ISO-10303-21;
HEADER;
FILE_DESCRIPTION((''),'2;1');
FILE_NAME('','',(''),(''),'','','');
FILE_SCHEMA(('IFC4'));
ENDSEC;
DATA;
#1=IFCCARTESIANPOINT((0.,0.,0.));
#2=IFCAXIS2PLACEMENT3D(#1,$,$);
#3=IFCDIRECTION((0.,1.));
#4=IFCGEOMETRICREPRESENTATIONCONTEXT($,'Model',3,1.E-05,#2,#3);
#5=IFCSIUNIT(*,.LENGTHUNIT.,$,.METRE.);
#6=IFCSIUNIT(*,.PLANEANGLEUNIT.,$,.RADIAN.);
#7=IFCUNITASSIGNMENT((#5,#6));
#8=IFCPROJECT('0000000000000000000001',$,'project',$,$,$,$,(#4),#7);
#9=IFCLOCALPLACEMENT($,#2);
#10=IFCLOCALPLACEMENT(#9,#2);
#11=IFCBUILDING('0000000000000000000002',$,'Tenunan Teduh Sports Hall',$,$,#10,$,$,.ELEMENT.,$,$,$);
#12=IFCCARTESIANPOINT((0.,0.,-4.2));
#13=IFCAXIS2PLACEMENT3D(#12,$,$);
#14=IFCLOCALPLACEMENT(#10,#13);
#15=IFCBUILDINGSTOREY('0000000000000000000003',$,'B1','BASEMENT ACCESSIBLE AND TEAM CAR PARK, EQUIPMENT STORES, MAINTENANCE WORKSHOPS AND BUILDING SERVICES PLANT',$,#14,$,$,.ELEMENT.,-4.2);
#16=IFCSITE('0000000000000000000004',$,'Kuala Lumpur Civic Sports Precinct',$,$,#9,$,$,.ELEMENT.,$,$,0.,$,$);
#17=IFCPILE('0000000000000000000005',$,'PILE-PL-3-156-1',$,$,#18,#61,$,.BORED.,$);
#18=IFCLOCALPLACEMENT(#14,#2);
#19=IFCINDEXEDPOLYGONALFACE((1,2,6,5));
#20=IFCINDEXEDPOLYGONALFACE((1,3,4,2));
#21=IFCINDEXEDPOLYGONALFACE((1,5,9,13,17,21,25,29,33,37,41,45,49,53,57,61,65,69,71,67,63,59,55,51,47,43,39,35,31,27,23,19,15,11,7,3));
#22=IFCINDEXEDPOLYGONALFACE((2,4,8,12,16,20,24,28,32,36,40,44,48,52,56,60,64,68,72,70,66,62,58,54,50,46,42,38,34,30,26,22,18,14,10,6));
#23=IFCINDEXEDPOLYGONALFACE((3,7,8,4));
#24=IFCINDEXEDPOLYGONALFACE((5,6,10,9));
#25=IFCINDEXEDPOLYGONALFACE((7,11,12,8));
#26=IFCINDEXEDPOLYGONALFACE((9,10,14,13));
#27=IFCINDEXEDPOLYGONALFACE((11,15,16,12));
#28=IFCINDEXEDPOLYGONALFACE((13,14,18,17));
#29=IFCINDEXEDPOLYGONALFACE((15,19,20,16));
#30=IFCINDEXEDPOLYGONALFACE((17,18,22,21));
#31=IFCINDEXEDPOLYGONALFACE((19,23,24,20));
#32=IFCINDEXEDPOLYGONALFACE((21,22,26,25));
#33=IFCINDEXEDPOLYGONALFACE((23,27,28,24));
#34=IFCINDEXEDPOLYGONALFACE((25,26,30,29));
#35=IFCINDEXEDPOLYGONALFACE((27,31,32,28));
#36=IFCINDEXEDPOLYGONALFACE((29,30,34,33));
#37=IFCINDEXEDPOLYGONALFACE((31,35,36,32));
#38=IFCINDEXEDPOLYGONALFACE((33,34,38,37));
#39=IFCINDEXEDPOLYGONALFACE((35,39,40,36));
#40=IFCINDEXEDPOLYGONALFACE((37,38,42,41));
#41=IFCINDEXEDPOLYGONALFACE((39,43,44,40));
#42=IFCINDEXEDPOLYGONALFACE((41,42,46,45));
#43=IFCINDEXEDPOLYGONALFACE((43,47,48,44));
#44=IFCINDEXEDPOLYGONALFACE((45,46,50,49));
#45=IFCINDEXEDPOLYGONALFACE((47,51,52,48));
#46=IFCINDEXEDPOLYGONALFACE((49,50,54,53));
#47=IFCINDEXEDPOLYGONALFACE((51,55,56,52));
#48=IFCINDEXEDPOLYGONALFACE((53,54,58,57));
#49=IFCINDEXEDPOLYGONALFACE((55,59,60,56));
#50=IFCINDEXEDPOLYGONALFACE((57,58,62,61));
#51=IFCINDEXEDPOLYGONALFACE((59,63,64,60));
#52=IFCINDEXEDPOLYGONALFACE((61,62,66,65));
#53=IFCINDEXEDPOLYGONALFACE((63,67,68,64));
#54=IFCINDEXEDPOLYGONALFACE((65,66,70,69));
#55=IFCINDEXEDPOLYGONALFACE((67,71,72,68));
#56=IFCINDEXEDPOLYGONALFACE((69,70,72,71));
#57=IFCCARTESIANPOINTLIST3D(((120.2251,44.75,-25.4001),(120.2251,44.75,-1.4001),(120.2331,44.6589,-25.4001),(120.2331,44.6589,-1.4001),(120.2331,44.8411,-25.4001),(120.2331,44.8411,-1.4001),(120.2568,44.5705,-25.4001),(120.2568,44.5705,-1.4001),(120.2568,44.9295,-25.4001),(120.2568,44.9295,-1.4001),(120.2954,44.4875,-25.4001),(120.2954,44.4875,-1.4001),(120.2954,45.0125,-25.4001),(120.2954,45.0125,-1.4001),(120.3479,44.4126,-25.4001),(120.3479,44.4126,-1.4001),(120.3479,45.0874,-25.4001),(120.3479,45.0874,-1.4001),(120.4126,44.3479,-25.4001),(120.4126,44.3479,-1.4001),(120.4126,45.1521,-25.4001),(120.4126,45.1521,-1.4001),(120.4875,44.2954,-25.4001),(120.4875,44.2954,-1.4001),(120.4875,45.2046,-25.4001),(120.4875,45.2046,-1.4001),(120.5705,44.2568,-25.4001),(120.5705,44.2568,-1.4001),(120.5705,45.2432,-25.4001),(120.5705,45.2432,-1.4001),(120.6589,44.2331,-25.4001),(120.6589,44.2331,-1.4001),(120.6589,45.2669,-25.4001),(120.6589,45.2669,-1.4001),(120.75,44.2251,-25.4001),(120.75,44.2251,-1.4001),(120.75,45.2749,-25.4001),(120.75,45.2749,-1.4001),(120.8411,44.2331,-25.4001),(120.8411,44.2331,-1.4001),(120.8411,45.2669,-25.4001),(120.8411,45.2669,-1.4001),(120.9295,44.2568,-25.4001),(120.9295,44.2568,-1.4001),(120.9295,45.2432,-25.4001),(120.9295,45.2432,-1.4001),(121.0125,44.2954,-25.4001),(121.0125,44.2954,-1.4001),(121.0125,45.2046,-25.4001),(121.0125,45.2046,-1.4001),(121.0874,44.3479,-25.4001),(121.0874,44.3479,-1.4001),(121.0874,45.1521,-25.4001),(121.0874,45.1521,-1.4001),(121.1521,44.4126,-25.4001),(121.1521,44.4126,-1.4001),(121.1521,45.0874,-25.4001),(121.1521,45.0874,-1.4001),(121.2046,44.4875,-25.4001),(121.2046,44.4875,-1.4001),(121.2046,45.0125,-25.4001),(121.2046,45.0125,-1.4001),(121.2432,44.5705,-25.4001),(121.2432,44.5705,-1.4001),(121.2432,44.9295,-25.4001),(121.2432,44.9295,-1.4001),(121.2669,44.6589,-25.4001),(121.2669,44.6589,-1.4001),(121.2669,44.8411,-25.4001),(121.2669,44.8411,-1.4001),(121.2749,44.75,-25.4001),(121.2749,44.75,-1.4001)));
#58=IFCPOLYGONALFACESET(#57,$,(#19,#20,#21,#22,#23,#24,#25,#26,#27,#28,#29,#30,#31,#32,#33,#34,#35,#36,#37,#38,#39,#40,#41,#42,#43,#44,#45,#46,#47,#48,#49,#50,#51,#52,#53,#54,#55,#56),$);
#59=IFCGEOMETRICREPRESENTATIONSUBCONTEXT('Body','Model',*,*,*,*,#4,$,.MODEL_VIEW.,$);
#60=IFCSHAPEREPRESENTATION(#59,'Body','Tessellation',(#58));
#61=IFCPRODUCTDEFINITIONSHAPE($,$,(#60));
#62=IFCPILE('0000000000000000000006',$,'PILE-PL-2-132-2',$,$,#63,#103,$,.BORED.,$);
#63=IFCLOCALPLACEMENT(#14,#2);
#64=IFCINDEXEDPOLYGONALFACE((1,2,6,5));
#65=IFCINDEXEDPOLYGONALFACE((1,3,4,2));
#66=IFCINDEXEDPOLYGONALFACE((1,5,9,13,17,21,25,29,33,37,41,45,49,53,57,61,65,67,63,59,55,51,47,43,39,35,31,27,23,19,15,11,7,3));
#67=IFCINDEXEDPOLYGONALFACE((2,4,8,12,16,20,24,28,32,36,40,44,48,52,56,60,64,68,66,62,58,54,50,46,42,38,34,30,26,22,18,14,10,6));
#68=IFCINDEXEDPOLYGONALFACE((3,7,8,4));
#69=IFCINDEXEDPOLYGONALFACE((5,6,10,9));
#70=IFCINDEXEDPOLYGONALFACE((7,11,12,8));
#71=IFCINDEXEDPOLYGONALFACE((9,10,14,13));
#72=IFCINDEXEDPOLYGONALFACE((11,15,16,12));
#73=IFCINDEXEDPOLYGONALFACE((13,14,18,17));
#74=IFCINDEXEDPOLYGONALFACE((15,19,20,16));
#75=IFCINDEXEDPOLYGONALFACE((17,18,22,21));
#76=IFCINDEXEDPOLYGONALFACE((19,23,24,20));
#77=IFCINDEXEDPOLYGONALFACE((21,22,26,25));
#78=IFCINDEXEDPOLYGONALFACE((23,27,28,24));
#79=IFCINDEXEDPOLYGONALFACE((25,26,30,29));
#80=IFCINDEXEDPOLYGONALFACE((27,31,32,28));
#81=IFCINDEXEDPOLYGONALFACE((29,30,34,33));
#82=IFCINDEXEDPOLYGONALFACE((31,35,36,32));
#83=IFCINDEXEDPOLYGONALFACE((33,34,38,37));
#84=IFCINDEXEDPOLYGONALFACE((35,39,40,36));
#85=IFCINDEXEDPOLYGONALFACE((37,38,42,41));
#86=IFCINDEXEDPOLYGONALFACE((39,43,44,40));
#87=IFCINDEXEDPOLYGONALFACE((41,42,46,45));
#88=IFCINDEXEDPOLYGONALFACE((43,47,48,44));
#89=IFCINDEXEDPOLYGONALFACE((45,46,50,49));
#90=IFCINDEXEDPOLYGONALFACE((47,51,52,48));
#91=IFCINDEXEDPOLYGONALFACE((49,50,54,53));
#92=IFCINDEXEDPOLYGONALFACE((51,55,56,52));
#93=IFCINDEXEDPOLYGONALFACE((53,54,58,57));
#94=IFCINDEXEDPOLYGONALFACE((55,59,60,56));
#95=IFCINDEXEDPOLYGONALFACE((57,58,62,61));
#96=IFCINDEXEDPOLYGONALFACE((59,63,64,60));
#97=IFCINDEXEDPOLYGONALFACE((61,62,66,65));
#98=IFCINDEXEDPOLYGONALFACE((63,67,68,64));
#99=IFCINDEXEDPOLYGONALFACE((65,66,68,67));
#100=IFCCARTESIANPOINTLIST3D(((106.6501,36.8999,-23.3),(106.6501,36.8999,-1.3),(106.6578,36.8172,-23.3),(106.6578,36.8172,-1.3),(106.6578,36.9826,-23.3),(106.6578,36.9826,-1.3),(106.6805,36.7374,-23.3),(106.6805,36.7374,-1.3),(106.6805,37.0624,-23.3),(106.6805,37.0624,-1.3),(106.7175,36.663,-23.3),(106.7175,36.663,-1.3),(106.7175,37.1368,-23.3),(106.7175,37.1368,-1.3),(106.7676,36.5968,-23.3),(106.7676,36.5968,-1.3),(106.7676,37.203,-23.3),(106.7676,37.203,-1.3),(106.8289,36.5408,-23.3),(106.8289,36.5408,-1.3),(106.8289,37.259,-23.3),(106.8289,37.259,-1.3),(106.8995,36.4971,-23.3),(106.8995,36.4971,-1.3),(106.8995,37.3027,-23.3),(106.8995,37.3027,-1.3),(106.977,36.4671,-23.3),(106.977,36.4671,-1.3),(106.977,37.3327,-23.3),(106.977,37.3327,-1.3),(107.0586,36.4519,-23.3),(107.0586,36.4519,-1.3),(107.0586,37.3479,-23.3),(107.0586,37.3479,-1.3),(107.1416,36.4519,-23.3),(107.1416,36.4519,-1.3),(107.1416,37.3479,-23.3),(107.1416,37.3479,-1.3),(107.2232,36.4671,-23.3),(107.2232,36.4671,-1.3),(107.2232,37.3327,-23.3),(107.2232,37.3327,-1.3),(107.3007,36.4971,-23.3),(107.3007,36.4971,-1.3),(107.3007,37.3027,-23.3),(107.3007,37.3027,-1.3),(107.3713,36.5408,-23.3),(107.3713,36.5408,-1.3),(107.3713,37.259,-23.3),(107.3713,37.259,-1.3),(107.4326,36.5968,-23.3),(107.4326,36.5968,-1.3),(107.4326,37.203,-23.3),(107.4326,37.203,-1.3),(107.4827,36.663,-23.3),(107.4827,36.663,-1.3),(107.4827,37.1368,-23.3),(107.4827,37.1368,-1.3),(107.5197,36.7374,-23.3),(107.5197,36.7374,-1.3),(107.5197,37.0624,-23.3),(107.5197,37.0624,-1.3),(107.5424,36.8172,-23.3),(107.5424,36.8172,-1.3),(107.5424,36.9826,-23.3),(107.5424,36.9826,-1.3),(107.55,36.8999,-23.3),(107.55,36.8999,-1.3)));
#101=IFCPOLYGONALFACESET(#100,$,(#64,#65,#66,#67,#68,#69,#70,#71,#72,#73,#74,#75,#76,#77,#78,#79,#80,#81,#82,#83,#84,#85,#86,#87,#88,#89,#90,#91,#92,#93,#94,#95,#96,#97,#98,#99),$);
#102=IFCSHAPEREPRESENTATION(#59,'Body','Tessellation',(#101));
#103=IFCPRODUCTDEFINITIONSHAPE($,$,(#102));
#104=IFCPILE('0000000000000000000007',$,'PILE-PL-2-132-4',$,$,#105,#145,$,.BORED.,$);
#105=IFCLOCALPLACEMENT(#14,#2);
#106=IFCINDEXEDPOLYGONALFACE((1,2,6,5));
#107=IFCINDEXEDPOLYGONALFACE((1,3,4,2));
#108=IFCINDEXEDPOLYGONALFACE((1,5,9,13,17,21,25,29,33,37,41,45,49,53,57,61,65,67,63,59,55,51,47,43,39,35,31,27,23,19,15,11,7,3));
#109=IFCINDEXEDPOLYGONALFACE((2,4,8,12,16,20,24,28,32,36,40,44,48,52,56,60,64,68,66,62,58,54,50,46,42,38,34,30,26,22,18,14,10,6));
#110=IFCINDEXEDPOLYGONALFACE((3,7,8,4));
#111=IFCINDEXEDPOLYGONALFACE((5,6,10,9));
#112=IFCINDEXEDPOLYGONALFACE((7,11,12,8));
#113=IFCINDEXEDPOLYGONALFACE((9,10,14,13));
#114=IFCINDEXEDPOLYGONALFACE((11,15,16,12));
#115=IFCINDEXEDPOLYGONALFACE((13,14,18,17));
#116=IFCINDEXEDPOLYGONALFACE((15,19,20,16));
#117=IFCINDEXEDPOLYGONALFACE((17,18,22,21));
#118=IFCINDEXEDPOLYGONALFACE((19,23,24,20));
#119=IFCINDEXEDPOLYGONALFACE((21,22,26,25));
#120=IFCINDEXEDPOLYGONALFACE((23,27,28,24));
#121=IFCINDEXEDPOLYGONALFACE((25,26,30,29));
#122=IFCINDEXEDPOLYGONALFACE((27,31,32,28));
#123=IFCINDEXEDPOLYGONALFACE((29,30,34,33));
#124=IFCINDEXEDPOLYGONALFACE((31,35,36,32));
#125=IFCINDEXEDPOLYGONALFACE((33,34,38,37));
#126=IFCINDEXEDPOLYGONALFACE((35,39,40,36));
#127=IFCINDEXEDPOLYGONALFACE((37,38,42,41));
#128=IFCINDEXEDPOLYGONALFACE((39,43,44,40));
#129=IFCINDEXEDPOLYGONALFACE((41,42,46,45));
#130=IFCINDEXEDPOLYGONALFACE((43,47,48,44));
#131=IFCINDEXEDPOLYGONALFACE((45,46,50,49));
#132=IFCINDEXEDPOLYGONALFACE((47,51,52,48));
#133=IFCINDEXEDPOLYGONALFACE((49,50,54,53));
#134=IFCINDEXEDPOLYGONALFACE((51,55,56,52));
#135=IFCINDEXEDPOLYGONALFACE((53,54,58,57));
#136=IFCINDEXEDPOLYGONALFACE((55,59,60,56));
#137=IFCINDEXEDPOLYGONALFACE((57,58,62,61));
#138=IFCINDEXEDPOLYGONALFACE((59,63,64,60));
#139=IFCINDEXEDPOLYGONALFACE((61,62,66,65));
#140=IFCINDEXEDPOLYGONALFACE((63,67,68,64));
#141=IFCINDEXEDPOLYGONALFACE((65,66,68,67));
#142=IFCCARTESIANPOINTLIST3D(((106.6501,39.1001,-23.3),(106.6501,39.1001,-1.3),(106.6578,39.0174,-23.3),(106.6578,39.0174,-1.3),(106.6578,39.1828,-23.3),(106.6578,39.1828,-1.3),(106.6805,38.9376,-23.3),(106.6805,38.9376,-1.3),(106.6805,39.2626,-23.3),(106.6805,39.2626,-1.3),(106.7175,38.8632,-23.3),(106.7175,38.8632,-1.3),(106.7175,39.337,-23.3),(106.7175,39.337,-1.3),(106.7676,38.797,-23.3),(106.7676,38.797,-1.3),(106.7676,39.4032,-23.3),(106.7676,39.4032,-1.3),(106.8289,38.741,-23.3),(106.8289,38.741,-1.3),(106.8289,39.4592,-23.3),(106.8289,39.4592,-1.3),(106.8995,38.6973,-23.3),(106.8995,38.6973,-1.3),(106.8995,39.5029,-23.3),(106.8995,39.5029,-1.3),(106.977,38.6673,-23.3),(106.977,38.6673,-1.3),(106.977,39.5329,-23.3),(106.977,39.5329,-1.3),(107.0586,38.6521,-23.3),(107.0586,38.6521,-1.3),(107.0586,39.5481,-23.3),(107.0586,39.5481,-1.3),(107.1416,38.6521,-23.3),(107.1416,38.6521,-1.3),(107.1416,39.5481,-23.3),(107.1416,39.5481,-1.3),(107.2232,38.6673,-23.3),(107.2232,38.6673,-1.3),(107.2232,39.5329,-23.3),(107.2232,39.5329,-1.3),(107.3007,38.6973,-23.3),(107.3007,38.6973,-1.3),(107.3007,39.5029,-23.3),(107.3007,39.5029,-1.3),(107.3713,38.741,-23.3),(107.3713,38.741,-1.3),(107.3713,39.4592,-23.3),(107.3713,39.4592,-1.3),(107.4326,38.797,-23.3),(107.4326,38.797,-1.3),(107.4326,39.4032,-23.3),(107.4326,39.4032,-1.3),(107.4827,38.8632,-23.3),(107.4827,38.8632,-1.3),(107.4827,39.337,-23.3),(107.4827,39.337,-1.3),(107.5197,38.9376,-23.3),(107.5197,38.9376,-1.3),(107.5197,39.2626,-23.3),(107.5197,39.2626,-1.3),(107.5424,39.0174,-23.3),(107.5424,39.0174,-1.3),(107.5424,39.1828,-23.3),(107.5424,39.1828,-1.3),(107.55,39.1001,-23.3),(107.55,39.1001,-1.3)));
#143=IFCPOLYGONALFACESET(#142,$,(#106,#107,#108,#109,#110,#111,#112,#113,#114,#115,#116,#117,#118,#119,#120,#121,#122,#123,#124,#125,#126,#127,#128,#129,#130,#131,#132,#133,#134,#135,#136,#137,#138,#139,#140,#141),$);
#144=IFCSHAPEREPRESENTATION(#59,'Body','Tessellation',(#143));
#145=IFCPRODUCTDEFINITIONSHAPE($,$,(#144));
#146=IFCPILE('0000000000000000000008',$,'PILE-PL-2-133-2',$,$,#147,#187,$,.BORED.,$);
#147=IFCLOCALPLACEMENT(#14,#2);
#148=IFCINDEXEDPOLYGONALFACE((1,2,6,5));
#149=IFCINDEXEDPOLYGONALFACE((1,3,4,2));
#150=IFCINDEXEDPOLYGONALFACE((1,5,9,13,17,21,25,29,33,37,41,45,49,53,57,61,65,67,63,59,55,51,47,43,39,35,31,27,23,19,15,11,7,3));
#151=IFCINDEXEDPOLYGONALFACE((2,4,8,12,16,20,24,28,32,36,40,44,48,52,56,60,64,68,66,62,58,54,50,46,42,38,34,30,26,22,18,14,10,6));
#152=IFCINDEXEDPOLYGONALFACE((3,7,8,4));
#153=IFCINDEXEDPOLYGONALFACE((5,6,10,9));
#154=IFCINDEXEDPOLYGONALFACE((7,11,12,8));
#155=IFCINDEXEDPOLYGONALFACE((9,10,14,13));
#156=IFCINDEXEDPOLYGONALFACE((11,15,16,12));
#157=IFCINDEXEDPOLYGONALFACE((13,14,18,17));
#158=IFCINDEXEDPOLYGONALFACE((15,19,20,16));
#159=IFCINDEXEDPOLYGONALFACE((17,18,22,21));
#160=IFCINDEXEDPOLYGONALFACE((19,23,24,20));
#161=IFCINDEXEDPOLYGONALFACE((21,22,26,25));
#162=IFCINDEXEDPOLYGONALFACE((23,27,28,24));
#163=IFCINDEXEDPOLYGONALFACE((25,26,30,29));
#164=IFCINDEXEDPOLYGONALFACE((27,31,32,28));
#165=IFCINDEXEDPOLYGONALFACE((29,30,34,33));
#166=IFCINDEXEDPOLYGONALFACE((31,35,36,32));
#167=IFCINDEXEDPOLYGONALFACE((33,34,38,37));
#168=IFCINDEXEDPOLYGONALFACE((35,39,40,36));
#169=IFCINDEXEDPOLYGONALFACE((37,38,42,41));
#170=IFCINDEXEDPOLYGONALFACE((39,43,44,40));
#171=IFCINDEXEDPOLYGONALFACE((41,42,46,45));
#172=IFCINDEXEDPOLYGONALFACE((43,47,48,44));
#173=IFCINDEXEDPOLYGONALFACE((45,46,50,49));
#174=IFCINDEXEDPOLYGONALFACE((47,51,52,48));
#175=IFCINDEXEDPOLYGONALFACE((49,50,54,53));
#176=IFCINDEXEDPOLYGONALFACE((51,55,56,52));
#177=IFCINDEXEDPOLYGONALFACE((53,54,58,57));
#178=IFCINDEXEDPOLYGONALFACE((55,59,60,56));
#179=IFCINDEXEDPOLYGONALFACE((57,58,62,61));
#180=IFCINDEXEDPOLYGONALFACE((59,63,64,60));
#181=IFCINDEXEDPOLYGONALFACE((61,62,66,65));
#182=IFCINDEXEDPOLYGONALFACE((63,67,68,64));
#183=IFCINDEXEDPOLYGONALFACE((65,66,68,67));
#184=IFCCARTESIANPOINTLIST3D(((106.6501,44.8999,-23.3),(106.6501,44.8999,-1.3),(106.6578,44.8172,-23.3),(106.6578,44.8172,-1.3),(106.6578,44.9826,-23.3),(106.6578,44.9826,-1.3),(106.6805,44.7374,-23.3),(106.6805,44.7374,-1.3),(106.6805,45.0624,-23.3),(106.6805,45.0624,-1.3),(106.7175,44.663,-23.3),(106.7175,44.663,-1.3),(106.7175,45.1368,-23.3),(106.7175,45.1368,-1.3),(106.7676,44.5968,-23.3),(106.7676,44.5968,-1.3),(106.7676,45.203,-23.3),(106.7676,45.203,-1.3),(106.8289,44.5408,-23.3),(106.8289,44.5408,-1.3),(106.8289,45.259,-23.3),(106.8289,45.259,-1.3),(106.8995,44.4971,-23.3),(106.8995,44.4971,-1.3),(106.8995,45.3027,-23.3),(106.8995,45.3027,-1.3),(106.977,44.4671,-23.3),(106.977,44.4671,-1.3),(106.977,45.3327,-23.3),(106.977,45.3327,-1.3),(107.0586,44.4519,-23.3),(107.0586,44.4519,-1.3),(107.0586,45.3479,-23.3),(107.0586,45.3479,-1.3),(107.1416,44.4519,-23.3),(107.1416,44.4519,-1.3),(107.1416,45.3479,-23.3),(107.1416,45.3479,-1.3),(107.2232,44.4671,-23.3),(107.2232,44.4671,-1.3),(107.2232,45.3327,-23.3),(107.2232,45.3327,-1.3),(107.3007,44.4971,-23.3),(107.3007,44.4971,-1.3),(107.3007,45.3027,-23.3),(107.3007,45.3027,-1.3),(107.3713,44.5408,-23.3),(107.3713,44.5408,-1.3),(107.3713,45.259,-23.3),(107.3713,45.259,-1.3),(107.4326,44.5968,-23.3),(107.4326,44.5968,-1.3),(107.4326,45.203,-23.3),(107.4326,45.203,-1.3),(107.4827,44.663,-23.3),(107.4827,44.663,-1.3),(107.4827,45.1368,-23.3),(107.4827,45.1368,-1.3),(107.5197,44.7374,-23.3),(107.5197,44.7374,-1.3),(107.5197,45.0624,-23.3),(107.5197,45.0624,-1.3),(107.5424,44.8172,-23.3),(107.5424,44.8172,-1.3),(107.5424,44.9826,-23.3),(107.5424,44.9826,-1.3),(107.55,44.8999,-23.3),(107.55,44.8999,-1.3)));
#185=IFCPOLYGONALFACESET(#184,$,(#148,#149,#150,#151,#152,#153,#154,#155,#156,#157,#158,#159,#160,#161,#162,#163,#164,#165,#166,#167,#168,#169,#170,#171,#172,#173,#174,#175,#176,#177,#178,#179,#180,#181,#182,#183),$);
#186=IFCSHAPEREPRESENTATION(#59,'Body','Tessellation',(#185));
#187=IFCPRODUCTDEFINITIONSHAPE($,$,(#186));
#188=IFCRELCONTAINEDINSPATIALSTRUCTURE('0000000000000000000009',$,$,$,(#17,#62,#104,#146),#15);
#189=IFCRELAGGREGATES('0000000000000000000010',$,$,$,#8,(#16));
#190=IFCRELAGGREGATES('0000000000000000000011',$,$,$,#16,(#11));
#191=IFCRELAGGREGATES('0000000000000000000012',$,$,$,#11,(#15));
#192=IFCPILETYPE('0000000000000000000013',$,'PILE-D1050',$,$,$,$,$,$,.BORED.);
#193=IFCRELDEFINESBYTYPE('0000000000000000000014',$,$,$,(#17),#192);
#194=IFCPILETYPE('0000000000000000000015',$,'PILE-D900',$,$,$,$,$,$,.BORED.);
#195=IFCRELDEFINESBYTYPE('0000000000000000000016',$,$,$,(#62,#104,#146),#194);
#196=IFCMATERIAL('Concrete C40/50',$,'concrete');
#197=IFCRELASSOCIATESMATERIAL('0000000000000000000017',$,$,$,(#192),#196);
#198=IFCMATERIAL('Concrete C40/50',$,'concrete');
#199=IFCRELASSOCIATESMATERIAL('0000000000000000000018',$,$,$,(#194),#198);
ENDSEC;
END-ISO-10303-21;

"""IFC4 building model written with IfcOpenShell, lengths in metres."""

from ifc_helpers import new_model, si_unit, direction, frame, origin, origin_2d, place, context, subcontext, project, spatial, circle, extrude, material, material_profile, profile_set, type_object, element, save


model = new_model("IFC4")

# Units and contexts
model_context = context("Model", 3, precision=1e-05, world=origin(), true_north=direction((0.0, 1.0)))
body_context = subcontext(model_context, "Body", "Model", "MODEL_VIEW")
ifc_project = project(units=[si_unit("LENGTHUNIT", "METRE"), si_unit("PLANEANGLEUNIT", "RADIAN")], contexts=[model_context])

# Site, building, storey
site_placement = place(None, origin())
site = spatial("IfcSite", under=ifc_project, at=site_placement, Name="Kuala Lumpur Civic Sports Precinct", CompositionType="ELEMENT", RefElevation=0.0)
building_placement = place(site_placement, origin())
building = spatial("IfcBuilding", under=site, at=building_placement, Name="Tenunan Teduh Sports Hall", CompositionType="ELEMENT")
storey_placement = place(building_placement, frame((0.0, 0.0, -4.2)))
storey = spatial("IfcBuildingStorey", under=building, at=storey_placement, Name="B1", Description="BASEMENT ACCESSIBLE AND TEAM CAR PARK, EQUIPMENT STORES, MAINTENANCE WORKSHOPS AND BUILDING SERVICES PLANT", CompositionType="ELEMENT", Elevation=-4.2)

# Piles
ifc_material_1 = material(Name="Concrete C40/50", Category="concrete")
ifc_material_profile_1 = material_profile(ifc_material_1, circle(Radius=0.5249, at=origin_2d()), Name="PILE D1050")
ifc_profile_set_1 = profile_set([ifc_material_profile_1], Name="Concrete C40/50")
pile_type_1 = type_object("IfcPileType", Name="PILE-D1050", PredefinedType="BORED", material=ifc_profile_set_1)
pile_placement = place(storey_placement, frame((120.75, 44.75, -1.4001), z_axis=(0.0, 0.0, -1.0), x_axis=(1.0, 0.0, 0.0)))
element("IfcPile", 1, at=pile_placement, inside=storey, type_object=pile_type_1, Name="PILE-PL-3-156-1", PredefinedType="BORED", context=body_context, shape_type="SweptSolid", body=[
    extrude(circle(Radius=0.5249, at=origin_2d()), origin(), (0.0, 0.0, 1.0), 24.0),
])
ifc_material_2 = material(Name="Concrete C40/50", Category="concrete")
ifc_material_profile_2 = material_profile(ifc_material_2, circle(Radius=0.45, at=origin_2d()), Name="PILE D900")
ifc_profile_set_2 = profile_set([ifc_material_profile_2], Name="Concrete C40/50")
pile_type_2 = type_object("IfcPileType", Name="PILE-D900", PredefinedType="BORED", material=ifc_profile_set_2)
for number, where, z_axis, x_axis, name in (
    (2, (107.1001, 36.8999, -1.3), (0.0, 0.0, -1.0), (1.0, 0.0, 0.0), "PILE-PL-2-132-2"),
    (3, (107.1001, 39.1001, -1.3), (0.0, 0.0, -1.0), (1.0, 0.0, 0.0), "PILE-PL-2-132-4"),
    (4, (107.1001, 44.8999, -1.3), (0.0, 0.0, -1.0), (1.0, 0.0, 0.0), "PILE-PL-2-133-2"),
):
    element("IfcPile", number, at=place(storey_placement, frame(where, z_axis=z_axis, x_axis=x_axis)), inside=storey, type_object=pile_type_2, Name=name, PredefinedType="BORED", context=body_context, shape_type="SweptSolid", body=[
        extrude(circle(Radius=0.45, at=origin_2d()), origin(), (0.0, 0.0, 1.0), 22.0),
    ])

save(model, "model.ifc")
